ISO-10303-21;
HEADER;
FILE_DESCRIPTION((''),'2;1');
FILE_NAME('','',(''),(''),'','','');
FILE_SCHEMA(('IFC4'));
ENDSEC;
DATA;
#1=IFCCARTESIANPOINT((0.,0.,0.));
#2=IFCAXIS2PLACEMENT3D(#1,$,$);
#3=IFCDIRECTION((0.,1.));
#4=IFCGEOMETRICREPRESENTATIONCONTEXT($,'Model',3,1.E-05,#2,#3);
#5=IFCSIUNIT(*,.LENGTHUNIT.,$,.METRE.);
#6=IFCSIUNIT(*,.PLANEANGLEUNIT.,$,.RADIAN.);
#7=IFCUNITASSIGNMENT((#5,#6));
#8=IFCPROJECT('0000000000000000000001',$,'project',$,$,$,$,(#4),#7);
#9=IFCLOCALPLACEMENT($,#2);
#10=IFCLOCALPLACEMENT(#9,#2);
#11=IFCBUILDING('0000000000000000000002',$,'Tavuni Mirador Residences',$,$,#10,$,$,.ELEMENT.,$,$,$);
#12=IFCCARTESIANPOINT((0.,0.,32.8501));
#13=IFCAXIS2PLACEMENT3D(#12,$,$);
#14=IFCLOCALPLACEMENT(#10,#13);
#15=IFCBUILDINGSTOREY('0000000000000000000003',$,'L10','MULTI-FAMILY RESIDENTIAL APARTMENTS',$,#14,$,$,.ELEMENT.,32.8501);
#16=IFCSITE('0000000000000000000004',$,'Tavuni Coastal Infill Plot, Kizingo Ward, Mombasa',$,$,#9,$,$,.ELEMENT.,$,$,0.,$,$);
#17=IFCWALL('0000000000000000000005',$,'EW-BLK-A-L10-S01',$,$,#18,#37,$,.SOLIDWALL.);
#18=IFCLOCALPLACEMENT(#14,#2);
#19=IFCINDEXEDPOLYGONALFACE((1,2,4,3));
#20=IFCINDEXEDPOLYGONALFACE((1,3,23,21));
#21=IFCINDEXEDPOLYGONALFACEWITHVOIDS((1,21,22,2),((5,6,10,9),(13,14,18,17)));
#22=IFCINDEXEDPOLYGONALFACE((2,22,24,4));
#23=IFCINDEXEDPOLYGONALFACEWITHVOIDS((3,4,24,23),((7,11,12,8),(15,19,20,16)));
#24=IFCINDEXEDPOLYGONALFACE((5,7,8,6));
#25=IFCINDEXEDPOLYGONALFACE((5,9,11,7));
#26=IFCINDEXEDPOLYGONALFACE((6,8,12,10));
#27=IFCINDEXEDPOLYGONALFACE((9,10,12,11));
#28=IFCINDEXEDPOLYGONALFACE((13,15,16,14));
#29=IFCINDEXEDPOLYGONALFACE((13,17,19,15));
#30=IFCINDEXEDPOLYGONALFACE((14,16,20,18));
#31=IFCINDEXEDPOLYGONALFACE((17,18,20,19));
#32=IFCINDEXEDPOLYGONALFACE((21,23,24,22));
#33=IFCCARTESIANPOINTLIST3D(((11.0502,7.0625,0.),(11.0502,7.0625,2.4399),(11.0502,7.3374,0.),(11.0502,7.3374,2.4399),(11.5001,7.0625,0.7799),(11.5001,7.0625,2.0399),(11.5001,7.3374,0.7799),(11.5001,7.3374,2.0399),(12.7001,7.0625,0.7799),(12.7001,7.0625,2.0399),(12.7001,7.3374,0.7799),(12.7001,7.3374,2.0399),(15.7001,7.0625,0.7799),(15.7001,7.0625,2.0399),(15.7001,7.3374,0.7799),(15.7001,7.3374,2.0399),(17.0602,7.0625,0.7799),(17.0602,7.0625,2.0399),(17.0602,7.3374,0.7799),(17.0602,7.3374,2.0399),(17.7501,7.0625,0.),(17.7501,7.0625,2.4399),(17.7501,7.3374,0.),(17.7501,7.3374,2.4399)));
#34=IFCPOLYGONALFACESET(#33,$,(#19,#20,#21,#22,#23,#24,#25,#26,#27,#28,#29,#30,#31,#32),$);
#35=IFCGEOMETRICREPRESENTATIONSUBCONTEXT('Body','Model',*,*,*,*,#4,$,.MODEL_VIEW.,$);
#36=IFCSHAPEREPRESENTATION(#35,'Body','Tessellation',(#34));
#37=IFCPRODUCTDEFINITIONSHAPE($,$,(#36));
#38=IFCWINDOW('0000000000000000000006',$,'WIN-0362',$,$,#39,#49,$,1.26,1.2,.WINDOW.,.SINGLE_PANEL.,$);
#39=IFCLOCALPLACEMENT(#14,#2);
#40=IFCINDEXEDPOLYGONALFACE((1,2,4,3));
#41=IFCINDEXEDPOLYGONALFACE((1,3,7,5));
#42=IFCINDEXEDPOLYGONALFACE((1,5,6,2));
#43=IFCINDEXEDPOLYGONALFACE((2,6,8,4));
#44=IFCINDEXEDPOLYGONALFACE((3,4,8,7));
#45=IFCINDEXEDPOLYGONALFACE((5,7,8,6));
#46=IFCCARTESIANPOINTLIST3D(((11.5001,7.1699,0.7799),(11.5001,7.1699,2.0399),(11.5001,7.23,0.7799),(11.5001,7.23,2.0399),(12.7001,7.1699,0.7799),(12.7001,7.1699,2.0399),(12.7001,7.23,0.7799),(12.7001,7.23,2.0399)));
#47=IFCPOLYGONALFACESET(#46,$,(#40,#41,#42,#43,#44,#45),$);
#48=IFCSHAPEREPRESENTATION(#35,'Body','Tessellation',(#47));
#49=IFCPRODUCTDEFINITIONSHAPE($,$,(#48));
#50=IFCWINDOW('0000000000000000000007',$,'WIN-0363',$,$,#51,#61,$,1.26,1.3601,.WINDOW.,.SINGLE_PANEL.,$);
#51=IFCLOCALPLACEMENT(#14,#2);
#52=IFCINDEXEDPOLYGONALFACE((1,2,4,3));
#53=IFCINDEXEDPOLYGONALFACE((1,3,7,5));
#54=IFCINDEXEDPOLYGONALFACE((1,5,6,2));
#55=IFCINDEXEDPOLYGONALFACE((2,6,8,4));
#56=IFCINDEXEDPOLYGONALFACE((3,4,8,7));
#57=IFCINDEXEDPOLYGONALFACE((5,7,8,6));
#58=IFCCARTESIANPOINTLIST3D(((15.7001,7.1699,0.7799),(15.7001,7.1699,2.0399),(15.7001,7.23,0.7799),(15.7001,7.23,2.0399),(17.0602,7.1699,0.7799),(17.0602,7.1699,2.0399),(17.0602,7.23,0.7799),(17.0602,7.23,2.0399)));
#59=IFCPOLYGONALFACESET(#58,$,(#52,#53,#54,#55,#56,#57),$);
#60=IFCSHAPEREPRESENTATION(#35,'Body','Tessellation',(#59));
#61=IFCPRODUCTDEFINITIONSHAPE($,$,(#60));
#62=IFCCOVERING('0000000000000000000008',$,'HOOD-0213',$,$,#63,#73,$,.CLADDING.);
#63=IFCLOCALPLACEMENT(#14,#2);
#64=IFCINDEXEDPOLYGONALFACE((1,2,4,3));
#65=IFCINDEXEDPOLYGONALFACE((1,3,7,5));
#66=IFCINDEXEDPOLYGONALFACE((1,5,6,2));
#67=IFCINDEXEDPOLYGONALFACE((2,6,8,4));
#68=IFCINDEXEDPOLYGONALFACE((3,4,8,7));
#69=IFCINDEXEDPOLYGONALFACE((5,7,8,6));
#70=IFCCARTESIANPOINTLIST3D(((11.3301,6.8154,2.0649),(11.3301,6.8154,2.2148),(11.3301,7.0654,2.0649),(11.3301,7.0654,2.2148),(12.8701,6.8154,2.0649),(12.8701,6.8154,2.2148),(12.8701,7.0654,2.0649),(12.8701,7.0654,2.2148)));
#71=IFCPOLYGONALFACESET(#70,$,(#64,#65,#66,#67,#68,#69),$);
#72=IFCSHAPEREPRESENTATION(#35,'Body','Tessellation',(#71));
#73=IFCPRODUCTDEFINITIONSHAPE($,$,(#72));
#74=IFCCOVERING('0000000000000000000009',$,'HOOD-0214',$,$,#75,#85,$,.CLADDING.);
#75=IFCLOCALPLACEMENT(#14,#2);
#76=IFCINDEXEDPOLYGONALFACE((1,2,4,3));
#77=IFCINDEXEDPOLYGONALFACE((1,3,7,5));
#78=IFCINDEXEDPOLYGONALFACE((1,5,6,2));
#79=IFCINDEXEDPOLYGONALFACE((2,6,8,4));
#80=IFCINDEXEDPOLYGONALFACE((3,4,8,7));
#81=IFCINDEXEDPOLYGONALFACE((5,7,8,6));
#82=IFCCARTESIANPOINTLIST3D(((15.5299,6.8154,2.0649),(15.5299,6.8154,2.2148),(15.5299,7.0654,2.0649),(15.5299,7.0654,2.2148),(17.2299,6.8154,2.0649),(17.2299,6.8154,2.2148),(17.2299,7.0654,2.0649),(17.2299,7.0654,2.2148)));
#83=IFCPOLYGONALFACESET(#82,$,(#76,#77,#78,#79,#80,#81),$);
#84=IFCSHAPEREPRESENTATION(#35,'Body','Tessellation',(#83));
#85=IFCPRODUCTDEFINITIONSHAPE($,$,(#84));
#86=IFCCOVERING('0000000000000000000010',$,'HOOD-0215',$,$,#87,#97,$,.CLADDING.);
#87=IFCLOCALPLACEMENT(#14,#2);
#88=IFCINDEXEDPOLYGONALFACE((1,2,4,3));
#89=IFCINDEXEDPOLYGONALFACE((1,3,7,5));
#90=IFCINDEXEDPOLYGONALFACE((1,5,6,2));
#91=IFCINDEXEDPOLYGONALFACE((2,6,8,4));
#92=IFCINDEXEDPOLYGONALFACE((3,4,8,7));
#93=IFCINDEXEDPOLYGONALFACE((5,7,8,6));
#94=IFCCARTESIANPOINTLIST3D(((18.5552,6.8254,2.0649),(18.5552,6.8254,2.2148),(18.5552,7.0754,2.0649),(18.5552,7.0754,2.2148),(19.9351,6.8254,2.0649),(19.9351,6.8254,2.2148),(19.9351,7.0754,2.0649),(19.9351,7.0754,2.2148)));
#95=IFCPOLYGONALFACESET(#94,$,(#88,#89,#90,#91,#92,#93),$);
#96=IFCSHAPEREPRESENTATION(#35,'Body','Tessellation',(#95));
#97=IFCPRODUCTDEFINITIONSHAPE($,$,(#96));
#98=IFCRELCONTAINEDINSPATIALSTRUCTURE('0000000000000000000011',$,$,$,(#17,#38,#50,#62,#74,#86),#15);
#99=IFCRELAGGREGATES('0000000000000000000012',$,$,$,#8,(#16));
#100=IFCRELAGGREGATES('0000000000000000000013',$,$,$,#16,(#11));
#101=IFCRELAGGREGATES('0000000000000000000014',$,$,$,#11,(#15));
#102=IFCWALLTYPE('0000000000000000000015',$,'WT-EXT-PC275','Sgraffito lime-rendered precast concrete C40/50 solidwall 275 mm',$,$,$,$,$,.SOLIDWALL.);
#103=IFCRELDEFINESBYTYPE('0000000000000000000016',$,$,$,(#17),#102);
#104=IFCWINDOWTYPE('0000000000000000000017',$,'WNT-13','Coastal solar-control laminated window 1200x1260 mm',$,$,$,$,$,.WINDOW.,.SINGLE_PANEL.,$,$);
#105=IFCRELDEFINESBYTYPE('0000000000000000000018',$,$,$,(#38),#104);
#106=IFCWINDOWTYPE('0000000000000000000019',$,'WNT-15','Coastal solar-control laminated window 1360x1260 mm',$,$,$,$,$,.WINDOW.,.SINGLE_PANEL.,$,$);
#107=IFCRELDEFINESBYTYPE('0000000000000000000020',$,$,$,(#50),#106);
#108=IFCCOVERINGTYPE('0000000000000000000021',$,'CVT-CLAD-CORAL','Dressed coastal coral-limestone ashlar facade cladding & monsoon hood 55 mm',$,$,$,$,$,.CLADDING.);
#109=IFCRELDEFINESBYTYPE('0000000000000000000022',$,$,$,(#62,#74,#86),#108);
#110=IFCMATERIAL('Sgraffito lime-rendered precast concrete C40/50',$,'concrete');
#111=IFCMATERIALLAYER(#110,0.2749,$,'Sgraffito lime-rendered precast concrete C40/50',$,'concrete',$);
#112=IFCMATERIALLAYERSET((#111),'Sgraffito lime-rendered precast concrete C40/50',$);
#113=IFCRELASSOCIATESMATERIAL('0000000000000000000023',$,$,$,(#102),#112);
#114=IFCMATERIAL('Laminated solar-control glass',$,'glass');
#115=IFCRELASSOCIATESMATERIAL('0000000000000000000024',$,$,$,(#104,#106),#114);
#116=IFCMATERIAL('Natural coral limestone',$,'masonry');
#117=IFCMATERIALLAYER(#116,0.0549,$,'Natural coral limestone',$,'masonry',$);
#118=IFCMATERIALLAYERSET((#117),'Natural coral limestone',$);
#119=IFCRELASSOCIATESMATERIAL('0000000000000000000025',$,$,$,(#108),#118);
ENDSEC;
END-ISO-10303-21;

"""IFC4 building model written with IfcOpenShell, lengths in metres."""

from ifc_helpers import new_model, si_unit, direction, frame, frame_2d, origin, origin_2d, place, context, subcontext, project, spatial, rectangle, extrude, material, layer, layer_set, type_object, element, fill, save


model = new_model("IFC4")

# Units and contexts
model_context = context("Model", 3, precision=1e-05, world=origin(), true_north=direction((0.0, 1.0)))
body_context = subcontext(model_context, "Body", "Model", "MODEL_VIEW")
ifc_project = project(units=[si_unit("LENGTHUNIT", "METRE"), si_unit("PLANEANGLEUNIT", "RADIAN")], contexts=[model_context])

# Site, building, storey
site_placement = place(None, origin())
site = spatial("IfcSite", under=ifc_project, at=site_placement, Name="Tavuni Coastal Infill Plot, Kizingo Ward, Mombasa", CompositionType="ELEMENT", RefElevation=0.0)
building_placement = place(site_placement, origin())
building = spatial("IfcBuilding", under=site, at=building_placement, Name="Tavuni Mirador Residences", CompositionType="ELEMENT")
storey_placement = place(building_placement, frame((0.0, 0.0, 32.8501)))
storey = spatial("IfcBuildingStorey", under=building, at=storey_placement, Name="L10", Description="MULTI-FAMILY RESIDENTIAL APARTMENTS", CompositionType="ELEMENT", Elevation=32.8501)

# Wall, openings, windows
ifc_material_1 = material(Name="Sgraffito lime-rendered precast concrete C40/50", Category="concrete")
ifc_material_2 = material(Name="Laminated solar-control glass", Category="glass")
ifc_layer_1 = layer(ifc_material_1, 0.2749, Name="Sgraffito lime-rendered precast concrete C40/50", Category="concrete")
ifc_layer_set_1 = layer_set([ifc_layer_1], Name="Sgraffito lime-rendered precast concrete C40/50")
wall_type_1 = type_object("IfcWallType", Name="WT-EXT-PC275", Description="Sgraffito lime-rendered precast concrete C40/50 solidwall 275 mm", PredefinedType="SOLIDWALL", material=ifc_layer_set_1)
wall_1_placement = place(storey_placement, frame((11.05, 7.2, 0.0), z_axis=(0.0, 0.0, 1.0), x_axis=(1.0, 0.0, 0.0)))
wall_1 = element("IfcWall", 1, at=wall_1_placement, inside=storey, type_object=wall_type_1, Name="EW-BLK-A-L10-S01", PredefinedType="SOLIDWALL", context=body_context, shape_type="SweptSolid", body=[
    extrude(rectangle(XDim=6.7, YDim=0.2749, at=frame_2d((3.3501, 0.0))), origin(), (0.0, 0.0, 1.0), 2.4399),
])
opening_1_placement = place(wall_1_placement, frame((0.45, 0.0, 0.78)))
opening_1 = element("IfcOpeningElement", 2, at=opening_1_placement, cuts=wall_1, PredefinedType="OPENING", context=body_context, shape_type="SweptSolid", body=[
    extrude(rectangle(XDim=1.2, YDim=1.26, at=frame_2d((0.6001, 0.6299))), frame((0.0, 0.1475, 0.0), z_axis=(0.0, -1.0, 0.0), x_axis=(1.0, 0.0, 0.0)), (0.0, 0.0, 1.0), 0.2949),
])
opening_2_placement = place(wall_1_placement, frame((4.6499, 0.0, 0.78)))
opening_2 = element("IfcOpeningElement", 3, at=opening_2_placement, cuts=wall_1, PredefinedType="OPENING", context=body_context, shape_type="SweptSolid", body=[
    extrude(rectangle(XDim=1.3601, YDim=1.26, at=frame_2d((0.6802, 0.6299))), frame((0.0, 0.1475, 0.0), z_axis=(0.0, -1.0, 0.0), x_axis=(1.0, 0.0, 0.0)), (0.0, 0.0, 1.0), 0.2949),
])
window_type_1 = type_object("IfcWindowType", Name="WNT-13", Description="Coastal solar-control laminated window 1200x1260 mm", PartitioningType="SINGLE_PANEL", PredefinedType="WINDOW", material=ifc_material_2)
window_1_placement = place(opening_1_placement, origin())
window_1 = element("IfcWindow", 4, at=window_1_placement, inside=storey, type_object=window_type_1, Name="WIN-0362", OverallHeight=1.26, OverallWidth=1.2, PartitioningType="SINGLE_PANEL", PredefinedType="WINDOW", context=body_context, shape_type="SweptSolid", body=[
    extrude(rectangle(XDim=1.2, YDim=1.26, at=frame_2d((0.6001, 0.6299))), frame((0.0, 0.03, 0.0), z_axis=(0.0, -1.0, 0.0), x_axis=(1.0, 0.0, 0.0)), (0.0, 0.0, 1.0), 0.0601),
])
fill(opening_1, window_1)
window_type_2 = type_object("IfcWindowType", Name="WNT-15", Description="Coastal solar-control laminated window 1360x1260 mm", PartitioningType="SINGLE_PANEL", PredefinedType="WINDOW", material=ifc_material_2)
window_2_placement = place(opening_2_placement, origin())
window_2 = element("IfcWindow", 5, at=window_2_placement, inside=storey, type_object=window_type_2, Name="WIN-0363", OverallHeight=1.26, OverallWidth=1.3601, PartitioningType="SINGLE_PANEL", PredefinedType="WINDOW", context=body_context, shape_type="SweptSolid", body=[
    extrude(rectangle(XDim=1.3601, YDim=1.26, at=frame_2d((0.6802, 0.6299))), frame((0.0, 0.03, 0.0), z_axis=(0.0, -1.0, 0.0), x_axis=(1.0, 0.0, 0.0)), (0.0, 0.0, 1.0), 0.0601),
])
fill(opening_2, window_2)

# Coverings
ifc_material_3 = material(Name="Natural coral limestone", Category="masonry")
ifc_layer_2 = layer(ifc_material_3, 0.0549, Name="Natural coral limestone", Category="masonry")
ifc_layer_set_2 = layer_set([ifc_layer_2], Name="Natural coral limestone")
covering_type = type_object("IfcCoveringType", Name="CVT-CLAD-CORAL", Description="Dressed coastal coral-limestone ashlar facade cladding & monsoon hood 55 mm", PredefinedType="CLADDING", material=ifc_layer_set_2)
covering_1_placement = place(storey_placement, frame((12.1001, 6.9404, 2.0649), z_axis=(0.0, 0.0, 1.0), x_axis=(1.0, 0.0, 0.0)))
element("IfcCovering", 6, at=covering_1_placement, inside=storey, type_object=covering_type, Name="HOOD-0213", PredefinedType="CLADDING", context=body_context, shape_type="SweptSolid", body=[
    extrude(rectangle(XDim=1.54, YDim=0.25, at=origin_2d()), origin(), (0.0, 0.0, 1.0), 0.1499),
])
covering_2_placement = place(storey_placement, frame((16.3799, 6.9404, 2.0649), z_axis=(0.0, 0.0, 1.0), x_axis=(1.0, 0.0, 0.0)))
element("IfcCovering", 7, at=covering_2_placement, inside=storey, type_object=covering_type, Name="HOOD-0214", PredefinedType="CLADDING", context=body_context, shape_type="SweptSolid", body=[
    extrude(rectangle(XDim=1.7, YDim=0.25, at=origin_2d()), origin(), (0.0, 0.0, 1.0), 0.1499),
])
covering_3_placement = place(storey_placement, frame((19.2451, 6.9504, 2.0649), z_axis=(0.0, 0.0, 1.0), x_axis=(1.0, 0.0, 0.0)))
element("IfcCovering", 8, at=covering_3_placement, inside=storey, type_object=covering_type, Name="HOOD-0215", PredefinedType="CLADDING", context=body_context, shape_type="SweptSolid", body=[
    extrude(rectangle(XDim=1.3799, YDim=0.25, at=origin_2d()), origin(), (0.0, 0.0, 1.0), 0.1499),
])

save(model, "model.ifc")
